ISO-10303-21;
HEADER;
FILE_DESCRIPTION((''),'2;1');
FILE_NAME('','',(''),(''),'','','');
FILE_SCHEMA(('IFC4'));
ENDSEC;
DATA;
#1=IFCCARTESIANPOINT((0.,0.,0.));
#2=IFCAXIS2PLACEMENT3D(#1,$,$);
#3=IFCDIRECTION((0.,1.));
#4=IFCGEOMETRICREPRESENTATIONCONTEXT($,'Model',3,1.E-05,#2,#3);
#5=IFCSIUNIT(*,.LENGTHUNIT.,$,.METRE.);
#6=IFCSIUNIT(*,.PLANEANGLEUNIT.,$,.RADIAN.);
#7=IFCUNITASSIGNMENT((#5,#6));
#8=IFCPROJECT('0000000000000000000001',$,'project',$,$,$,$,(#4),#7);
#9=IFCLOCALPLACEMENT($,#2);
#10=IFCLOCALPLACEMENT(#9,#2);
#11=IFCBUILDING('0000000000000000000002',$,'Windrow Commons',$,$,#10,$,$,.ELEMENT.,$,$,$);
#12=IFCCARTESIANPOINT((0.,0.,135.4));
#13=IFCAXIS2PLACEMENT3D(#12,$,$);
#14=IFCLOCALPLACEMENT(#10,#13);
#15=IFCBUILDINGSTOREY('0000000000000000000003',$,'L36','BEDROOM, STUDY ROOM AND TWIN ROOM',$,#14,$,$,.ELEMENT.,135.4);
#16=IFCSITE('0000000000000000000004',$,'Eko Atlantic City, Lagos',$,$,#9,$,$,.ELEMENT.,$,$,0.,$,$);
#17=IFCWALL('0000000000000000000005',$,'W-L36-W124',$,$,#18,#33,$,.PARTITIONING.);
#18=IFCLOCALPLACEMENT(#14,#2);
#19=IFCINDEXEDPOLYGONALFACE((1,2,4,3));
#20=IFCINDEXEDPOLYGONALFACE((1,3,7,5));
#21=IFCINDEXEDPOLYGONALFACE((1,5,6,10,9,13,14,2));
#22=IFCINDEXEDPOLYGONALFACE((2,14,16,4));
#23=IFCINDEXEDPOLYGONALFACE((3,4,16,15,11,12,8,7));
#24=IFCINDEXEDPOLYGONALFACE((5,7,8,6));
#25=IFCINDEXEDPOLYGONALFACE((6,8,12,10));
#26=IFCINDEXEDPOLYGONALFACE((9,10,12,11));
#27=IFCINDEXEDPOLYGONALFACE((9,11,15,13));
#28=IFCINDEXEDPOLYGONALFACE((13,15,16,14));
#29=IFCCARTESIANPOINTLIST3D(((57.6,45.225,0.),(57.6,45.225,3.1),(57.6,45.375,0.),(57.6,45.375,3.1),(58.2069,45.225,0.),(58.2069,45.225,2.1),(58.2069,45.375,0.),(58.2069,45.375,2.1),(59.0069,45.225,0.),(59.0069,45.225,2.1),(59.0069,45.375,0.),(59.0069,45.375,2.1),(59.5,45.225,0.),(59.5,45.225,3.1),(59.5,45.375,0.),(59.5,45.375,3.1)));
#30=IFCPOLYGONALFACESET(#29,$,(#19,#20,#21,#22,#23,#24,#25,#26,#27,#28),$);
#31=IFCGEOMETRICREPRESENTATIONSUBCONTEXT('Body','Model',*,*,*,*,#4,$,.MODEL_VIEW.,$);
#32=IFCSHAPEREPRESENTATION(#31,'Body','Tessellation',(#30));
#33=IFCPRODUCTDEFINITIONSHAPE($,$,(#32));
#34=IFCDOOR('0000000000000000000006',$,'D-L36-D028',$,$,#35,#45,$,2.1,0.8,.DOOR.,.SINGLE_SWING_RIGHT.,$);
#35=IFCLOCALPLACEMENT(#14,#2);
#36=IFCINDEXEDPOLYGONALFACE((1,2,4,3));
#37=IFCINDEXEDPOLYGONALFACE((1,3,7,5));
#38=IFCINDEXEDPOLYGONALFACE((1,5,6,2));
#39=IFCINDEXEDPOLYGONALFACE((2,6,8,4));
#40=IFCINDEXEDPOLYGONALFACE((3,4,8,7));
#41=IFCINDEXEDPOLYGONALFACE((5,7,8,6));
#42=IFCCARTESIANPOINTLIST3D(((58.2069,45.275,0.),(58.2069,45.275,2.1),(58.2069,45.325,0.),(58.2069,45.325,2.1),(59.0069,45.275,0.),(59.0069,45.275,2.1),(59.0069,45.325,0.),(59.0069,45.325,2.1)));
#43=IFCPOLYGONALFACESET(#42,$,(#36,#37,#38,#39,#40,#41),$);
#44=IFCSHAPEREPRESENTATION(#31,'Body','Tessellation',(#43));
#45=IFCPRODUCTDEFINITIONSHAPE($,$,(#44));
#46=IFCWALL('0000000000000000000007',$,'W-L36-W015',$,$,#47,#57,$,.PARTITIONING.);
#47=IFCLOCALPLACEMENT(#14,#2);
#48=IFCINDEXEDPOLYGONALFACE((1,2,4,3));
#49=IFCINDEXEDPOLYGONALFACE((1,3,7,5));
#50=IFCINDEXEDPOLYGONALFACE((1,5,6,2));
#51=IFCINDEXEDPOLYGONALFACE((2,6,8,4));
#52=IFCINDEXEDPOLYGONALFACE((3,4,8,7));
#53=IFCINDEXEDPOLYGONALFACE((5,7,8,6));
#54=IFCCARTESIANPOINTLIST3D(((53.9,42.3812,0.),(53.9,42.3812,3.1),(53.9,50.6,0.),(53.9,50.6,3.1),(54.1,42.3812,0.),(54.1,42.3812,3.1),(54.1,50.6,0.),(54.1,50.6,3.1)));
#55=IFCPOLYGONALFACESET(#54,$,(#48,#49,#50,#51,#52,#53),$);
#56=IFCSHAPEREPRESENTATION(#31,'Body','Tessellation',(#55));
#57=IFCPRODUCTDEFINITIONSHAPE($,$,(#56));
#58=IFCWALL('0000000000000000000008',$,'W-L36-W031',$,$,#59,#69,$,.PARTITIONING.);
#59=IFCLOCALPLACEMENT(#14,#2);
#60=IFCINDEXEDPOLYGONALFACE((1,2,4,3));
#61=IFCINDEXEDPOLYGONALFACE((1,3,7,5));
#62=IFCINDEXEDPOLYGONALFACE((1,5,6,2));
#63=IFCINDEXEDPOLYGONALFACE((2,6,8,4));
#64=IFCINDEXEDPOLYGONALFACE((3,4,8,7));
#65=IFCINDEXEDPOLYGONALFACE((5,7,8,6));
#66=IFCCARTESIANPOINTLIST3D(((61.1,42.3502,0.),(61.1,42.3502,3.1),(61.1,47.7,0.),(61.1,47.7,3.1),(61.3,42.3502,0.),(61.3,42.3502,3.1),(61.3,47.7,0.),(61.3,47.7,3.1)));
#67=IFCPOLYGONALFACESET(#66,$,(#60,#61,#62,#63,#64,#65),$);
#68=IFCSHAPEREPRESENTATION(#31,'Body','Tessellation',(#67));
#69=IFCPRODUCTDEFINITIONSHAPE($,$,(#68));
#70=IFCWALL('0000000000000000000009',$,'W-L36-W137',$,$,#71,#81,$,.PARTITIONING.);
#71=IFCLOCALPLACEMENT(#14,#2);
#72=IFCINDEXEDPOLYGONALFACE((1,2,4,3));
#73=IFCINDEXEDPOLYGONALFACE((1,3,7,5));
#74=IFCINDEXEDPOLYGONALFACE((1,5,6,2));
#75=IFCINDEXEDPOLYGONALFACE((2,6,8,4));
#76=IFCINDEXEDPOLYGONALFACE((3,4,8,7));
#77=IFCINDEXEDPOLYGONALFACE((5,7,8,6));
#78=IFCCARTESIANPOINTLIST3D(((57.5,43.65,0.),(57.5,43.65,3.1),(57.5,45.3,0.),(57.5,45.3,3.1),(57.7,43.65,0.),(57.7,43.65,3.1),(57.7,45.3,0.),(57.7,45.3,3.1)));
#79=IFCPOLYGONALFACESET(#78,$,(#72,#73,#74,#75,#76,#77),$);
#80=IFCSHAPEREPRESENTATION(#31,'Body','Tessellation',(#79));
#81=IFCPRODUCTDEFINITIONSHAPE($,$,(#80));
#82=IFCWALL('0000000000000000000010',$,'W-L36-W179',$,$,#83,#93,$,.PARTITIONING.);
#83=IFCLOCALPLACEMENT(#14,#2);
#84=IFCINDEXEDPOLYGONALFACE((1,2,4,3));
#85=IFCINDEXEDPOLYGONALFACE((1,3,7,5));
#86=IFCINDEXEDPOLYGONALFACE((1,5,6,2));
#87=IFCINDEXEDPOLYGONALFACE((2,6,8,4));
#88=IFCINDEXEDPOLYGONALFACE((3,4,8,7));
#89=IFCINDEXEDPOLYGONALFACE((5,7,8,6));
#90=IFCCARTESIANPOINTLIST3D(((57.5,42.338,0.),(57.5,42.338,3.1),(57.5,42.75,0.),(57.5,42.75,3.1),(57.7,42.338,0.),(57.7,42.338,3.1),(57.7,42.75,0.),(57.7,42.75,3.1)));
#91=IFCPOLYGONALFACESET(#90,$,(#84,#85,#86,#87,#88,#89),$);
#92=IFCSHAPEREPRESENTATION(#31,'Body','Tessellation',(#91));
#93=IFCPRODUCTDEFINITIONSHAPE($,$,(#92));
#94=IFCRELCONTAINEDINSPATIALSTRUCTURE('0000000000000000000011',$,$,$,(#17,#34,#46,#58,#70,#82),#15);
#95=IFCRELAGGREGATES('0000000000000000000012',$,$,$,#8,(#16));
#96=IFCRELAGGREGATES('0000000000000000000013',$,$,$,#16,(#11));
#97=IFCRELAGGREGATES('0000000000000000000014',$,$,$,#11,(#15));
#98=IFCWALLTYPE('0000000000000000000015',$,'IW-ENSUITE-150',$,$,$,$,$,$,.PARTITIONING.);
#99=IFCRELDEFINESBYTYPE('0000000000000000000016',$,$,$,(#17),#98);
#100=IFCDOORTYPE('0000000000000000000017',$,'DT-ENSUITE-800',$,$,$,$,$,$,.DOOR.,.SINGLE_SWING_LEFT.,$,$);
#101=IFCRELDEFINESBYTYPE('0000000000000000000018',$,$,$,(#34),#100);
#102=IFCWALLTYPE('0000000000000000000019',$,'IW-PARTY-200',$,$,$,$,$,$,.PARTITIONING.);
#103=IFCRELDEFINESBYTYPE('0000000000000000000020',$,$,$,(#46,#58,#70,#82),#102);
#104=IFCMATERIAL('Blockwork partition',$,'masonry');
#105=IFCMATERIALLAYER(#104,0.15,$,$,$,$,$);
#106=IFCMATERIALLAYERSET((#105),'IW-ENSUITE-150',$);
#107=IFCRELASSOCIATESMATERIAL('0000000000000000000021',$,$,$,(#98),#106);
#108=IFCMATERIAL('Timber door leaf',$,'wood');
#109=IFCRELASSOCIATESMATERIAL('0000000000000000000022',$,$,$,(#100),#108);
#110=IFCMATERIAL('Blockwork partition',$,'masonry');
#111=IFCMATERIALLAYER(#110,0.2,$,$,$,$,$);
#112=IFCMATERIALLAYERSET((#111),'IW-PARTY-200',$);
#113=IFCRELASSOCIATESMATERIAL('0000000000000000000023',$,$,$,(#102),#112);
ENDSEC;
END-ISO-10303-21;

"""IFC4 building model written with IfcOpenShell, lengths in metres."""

from ifc_helpers import new_model, si_unit, direction, frame, frame_2d, origin, place, context, subcontext, project, spatial, rectangle, extrude, material, layer, layer_set, type_object, element, fill, save


model = new_model("IFC4")

# Units and contexts
model_context = context("Model", 3, precision=1e-05, world=origin(), true_north=direction((0.0, 1.0)))
body_context = subcontext(model_context, "Body", "Model", "MODEL_VIEW")
ifc_project = project(units=[si_unit("LENGTHUNIT", "METRE"), si_unit("PLANEANGLEUNIT", "RADIAN")], contexts=[model_context])

# Site, building, storey
site_placement = place(None, origin())
site = spatial("IfcSite", under=ifc_project, at=site_placement, Name="Eko Atlantic City, Lagos", CompositionType="ELEMENT", RefElevation=0.0)
building_placement = place(site_placement, origin())
building = spatial("IfcBuilding", under=site, at=building_placement, Name="Windrow Commons", CompositionType="ELEMENT")
storey_placement = place(building_placement, frame((0.0, 0.0, 135.4)))
storey = spatial("IfcBuildingStorey", under=building, at=storey_placement, Name="L36", Description="BEDROOM, STUDY ROOM AND TWIN ROOM", CompositionType="ELEMENT", Elevation=135.4)

# Shared definitions
ifc_material_1 = material(Name="Blockwork partition", Category="masonry")
ifc_layer_1 = layer(ifc_material_1, 0.15)
ifc_layer_set_1 = layer_set([ifc_layer_1], Name="IW-ENSUITE-150")
wall_type_1 = type_object("IfcWallType", Name="IW-ENSUITE-150", PredefinedType="PARTITIONING", material=ifc_layer_set_1)

# Wall, opening, door
wall_1_placement = place(storey_placement, frame((57.6, 45.3, 0.0), z_axis=(0.0, 0.0, 1.0), x_axis=(1.0, 0.0, 0.0)))
wall_1 = element("IfcWall", 1, at=wall_1_placement, inside=storey, type_object=wall_type_1, Name="W-L36-W124", PredefinedType="PARTITIONING", context=body_context, shape_type="SweptSolid", body=[
    extrude(rectangle(XDim=1.9, YDim=0.15, at=frame_2d((0.95, 0.0))), origin(), (0.0, 0.0, 1.0), 3.1),
])
opening_1_placement = place(wall_1_placement, frame((0.6069, 0.0, 0.0)))
opening_1 = element("IfcOpeningElement", 2, at=opening_1_placement, cuts=wall_1, PredefinedType="OPENING", context=body_context, shape_type="SweptSolid", body=[
    extrude(rectangle(XDim=0.8, YDim=2.1, at=frame_2d((0.4, 1.05))), frame((0.0, 0.085, 0.0), z_axis=(0.0, -1.0, 0.0), x_axis=(1.0, 0.0, 0.0)), (0.0, 0.0, 1.0), 0.17),
])
ifc_material_2 = material(Name="Timber door leaf", Category="wood")
door_type = type_object("IfcDoorType", Name="DT-ENSUITE-800", OperationType="SINGLE_SWING_LEFT", PredefinedType="DOOR", material=ifc_material_2)
door_placement = place(opening_1_placement, origin())
door = element("IfcDoor", 3, at=door_placement, inside=storey, type_object=door_type, Name="D-L36-D028", OperationType="SINGLE_SWING_RIGHT", OverallHeight=2.1, OverallWidth=0.8, PredefinedType="DOOR", context=body_context, shape_type="SweptSolid", body=[
    extrude(rectangle(XDim=0.8, YDim=2.1, at=frame_2d((0.4, 1.05))), frame((0.0, 0.025, 0.0), z_axis=(0.0, -1.0, 0.0), x_axis=(1.0, 0.0, 0.0)), (0.0, 0.0, 1.0), 0.05),
])
fill(opening_1, door)

# Walls
ifc_material_3 = material(Name="Blockwork partition", Category="masonry")
ifc_layer_2 = layer(ifc_material_3, 0.2)
ifc_layer_set_2 = layer_set([ifc_layer_2], Name="IW-PARTY-200")
wall_type_2 = type_object("IfcWallType", Name="IW-PARTY-200", PredefinedType="PARTITIONING", material=ifc_layer_set_2)
wall_2_placement = place(storey_placement, frame((54.0, 42.3812, 0.0), z_axis=(0.0, 0.0, 1.0), x_axis=(0.0, 1.0, 0.0)))
element("IfcWall", 4, at=wall_2_placement, inside=storey, type_object=wall_type_2, Name="W-L36-W015", PredefinedType="PARTITIONING", context=body_context, shape_type="SweptSolid", body=[
    extrude(rectangle(XDim=8.2188, YDim=0.2, at=frame_2d((4.1094, 0.0))), origin(), (0.0, 0.0, 1.0), 3.1),
])
wall_3_placement = place(storey_placement, frame((61.2, 42.3502, 0.0), z_axis=(0.0, 0.0, 1.0), x_axis=(0.0, 1.0, 0.0)))
element("IfcWall", 5, at=wall_3_placement, inside=storey, type_object=wall_type_2, Name="W-L36-W031", PredefinedType="PARTITIONING", context=body_context, shape_type="SweptSolid", body=[
    extrude(rectangle(XDim=5.3498, YDim=0.2, at=frame_2d((2.6749, 0.0))), origin(), (0.0, 0.0, 1.0), 3.1),
])
wall_4_placement = place(storey_placement, frame((57.6, 43.65, 0.0), z_axis=(0.0, 0.0, 1.0), x_axis=(0.0, 1.0, 0.0)))
element("IfcWall", 6, at=wall_4_placement, inside=storey, type_object=wall_type_2, Name="W-L36-W137", PredefinedType="PARTITIONING", context=body_context, shape_type="SweptSolid", body=[
    extrude(rectangle(XDim=1.65, YDim=0.2, at=frame_2d((0.825, 0.0))), origin(), (0.0, 0.0, 1.0), 3.1),
])
wall_5_placement = place(storey_placement, frame((57.6, 42.3381, 0.0), z_axis=(0.0, 0.0, 1.0), x_axis=(0.0, 1.0, 0.0)))
element("IfcWall", 7, at=wall_5_placement, inside=storey, type_object=wall_type_2, Name="W-L36-W179", PredefinedType="PARTITIONING", context=body_context, shape_type="SweptSolid", body=[
    extrude(rectangle(XDim=0.4119, YDim=0.2, at=frame_2d((0.2059, 0.0))), origin(), (0.0, 0.0, 1.0), 3.1),
])

save(model, "model.ifc")
